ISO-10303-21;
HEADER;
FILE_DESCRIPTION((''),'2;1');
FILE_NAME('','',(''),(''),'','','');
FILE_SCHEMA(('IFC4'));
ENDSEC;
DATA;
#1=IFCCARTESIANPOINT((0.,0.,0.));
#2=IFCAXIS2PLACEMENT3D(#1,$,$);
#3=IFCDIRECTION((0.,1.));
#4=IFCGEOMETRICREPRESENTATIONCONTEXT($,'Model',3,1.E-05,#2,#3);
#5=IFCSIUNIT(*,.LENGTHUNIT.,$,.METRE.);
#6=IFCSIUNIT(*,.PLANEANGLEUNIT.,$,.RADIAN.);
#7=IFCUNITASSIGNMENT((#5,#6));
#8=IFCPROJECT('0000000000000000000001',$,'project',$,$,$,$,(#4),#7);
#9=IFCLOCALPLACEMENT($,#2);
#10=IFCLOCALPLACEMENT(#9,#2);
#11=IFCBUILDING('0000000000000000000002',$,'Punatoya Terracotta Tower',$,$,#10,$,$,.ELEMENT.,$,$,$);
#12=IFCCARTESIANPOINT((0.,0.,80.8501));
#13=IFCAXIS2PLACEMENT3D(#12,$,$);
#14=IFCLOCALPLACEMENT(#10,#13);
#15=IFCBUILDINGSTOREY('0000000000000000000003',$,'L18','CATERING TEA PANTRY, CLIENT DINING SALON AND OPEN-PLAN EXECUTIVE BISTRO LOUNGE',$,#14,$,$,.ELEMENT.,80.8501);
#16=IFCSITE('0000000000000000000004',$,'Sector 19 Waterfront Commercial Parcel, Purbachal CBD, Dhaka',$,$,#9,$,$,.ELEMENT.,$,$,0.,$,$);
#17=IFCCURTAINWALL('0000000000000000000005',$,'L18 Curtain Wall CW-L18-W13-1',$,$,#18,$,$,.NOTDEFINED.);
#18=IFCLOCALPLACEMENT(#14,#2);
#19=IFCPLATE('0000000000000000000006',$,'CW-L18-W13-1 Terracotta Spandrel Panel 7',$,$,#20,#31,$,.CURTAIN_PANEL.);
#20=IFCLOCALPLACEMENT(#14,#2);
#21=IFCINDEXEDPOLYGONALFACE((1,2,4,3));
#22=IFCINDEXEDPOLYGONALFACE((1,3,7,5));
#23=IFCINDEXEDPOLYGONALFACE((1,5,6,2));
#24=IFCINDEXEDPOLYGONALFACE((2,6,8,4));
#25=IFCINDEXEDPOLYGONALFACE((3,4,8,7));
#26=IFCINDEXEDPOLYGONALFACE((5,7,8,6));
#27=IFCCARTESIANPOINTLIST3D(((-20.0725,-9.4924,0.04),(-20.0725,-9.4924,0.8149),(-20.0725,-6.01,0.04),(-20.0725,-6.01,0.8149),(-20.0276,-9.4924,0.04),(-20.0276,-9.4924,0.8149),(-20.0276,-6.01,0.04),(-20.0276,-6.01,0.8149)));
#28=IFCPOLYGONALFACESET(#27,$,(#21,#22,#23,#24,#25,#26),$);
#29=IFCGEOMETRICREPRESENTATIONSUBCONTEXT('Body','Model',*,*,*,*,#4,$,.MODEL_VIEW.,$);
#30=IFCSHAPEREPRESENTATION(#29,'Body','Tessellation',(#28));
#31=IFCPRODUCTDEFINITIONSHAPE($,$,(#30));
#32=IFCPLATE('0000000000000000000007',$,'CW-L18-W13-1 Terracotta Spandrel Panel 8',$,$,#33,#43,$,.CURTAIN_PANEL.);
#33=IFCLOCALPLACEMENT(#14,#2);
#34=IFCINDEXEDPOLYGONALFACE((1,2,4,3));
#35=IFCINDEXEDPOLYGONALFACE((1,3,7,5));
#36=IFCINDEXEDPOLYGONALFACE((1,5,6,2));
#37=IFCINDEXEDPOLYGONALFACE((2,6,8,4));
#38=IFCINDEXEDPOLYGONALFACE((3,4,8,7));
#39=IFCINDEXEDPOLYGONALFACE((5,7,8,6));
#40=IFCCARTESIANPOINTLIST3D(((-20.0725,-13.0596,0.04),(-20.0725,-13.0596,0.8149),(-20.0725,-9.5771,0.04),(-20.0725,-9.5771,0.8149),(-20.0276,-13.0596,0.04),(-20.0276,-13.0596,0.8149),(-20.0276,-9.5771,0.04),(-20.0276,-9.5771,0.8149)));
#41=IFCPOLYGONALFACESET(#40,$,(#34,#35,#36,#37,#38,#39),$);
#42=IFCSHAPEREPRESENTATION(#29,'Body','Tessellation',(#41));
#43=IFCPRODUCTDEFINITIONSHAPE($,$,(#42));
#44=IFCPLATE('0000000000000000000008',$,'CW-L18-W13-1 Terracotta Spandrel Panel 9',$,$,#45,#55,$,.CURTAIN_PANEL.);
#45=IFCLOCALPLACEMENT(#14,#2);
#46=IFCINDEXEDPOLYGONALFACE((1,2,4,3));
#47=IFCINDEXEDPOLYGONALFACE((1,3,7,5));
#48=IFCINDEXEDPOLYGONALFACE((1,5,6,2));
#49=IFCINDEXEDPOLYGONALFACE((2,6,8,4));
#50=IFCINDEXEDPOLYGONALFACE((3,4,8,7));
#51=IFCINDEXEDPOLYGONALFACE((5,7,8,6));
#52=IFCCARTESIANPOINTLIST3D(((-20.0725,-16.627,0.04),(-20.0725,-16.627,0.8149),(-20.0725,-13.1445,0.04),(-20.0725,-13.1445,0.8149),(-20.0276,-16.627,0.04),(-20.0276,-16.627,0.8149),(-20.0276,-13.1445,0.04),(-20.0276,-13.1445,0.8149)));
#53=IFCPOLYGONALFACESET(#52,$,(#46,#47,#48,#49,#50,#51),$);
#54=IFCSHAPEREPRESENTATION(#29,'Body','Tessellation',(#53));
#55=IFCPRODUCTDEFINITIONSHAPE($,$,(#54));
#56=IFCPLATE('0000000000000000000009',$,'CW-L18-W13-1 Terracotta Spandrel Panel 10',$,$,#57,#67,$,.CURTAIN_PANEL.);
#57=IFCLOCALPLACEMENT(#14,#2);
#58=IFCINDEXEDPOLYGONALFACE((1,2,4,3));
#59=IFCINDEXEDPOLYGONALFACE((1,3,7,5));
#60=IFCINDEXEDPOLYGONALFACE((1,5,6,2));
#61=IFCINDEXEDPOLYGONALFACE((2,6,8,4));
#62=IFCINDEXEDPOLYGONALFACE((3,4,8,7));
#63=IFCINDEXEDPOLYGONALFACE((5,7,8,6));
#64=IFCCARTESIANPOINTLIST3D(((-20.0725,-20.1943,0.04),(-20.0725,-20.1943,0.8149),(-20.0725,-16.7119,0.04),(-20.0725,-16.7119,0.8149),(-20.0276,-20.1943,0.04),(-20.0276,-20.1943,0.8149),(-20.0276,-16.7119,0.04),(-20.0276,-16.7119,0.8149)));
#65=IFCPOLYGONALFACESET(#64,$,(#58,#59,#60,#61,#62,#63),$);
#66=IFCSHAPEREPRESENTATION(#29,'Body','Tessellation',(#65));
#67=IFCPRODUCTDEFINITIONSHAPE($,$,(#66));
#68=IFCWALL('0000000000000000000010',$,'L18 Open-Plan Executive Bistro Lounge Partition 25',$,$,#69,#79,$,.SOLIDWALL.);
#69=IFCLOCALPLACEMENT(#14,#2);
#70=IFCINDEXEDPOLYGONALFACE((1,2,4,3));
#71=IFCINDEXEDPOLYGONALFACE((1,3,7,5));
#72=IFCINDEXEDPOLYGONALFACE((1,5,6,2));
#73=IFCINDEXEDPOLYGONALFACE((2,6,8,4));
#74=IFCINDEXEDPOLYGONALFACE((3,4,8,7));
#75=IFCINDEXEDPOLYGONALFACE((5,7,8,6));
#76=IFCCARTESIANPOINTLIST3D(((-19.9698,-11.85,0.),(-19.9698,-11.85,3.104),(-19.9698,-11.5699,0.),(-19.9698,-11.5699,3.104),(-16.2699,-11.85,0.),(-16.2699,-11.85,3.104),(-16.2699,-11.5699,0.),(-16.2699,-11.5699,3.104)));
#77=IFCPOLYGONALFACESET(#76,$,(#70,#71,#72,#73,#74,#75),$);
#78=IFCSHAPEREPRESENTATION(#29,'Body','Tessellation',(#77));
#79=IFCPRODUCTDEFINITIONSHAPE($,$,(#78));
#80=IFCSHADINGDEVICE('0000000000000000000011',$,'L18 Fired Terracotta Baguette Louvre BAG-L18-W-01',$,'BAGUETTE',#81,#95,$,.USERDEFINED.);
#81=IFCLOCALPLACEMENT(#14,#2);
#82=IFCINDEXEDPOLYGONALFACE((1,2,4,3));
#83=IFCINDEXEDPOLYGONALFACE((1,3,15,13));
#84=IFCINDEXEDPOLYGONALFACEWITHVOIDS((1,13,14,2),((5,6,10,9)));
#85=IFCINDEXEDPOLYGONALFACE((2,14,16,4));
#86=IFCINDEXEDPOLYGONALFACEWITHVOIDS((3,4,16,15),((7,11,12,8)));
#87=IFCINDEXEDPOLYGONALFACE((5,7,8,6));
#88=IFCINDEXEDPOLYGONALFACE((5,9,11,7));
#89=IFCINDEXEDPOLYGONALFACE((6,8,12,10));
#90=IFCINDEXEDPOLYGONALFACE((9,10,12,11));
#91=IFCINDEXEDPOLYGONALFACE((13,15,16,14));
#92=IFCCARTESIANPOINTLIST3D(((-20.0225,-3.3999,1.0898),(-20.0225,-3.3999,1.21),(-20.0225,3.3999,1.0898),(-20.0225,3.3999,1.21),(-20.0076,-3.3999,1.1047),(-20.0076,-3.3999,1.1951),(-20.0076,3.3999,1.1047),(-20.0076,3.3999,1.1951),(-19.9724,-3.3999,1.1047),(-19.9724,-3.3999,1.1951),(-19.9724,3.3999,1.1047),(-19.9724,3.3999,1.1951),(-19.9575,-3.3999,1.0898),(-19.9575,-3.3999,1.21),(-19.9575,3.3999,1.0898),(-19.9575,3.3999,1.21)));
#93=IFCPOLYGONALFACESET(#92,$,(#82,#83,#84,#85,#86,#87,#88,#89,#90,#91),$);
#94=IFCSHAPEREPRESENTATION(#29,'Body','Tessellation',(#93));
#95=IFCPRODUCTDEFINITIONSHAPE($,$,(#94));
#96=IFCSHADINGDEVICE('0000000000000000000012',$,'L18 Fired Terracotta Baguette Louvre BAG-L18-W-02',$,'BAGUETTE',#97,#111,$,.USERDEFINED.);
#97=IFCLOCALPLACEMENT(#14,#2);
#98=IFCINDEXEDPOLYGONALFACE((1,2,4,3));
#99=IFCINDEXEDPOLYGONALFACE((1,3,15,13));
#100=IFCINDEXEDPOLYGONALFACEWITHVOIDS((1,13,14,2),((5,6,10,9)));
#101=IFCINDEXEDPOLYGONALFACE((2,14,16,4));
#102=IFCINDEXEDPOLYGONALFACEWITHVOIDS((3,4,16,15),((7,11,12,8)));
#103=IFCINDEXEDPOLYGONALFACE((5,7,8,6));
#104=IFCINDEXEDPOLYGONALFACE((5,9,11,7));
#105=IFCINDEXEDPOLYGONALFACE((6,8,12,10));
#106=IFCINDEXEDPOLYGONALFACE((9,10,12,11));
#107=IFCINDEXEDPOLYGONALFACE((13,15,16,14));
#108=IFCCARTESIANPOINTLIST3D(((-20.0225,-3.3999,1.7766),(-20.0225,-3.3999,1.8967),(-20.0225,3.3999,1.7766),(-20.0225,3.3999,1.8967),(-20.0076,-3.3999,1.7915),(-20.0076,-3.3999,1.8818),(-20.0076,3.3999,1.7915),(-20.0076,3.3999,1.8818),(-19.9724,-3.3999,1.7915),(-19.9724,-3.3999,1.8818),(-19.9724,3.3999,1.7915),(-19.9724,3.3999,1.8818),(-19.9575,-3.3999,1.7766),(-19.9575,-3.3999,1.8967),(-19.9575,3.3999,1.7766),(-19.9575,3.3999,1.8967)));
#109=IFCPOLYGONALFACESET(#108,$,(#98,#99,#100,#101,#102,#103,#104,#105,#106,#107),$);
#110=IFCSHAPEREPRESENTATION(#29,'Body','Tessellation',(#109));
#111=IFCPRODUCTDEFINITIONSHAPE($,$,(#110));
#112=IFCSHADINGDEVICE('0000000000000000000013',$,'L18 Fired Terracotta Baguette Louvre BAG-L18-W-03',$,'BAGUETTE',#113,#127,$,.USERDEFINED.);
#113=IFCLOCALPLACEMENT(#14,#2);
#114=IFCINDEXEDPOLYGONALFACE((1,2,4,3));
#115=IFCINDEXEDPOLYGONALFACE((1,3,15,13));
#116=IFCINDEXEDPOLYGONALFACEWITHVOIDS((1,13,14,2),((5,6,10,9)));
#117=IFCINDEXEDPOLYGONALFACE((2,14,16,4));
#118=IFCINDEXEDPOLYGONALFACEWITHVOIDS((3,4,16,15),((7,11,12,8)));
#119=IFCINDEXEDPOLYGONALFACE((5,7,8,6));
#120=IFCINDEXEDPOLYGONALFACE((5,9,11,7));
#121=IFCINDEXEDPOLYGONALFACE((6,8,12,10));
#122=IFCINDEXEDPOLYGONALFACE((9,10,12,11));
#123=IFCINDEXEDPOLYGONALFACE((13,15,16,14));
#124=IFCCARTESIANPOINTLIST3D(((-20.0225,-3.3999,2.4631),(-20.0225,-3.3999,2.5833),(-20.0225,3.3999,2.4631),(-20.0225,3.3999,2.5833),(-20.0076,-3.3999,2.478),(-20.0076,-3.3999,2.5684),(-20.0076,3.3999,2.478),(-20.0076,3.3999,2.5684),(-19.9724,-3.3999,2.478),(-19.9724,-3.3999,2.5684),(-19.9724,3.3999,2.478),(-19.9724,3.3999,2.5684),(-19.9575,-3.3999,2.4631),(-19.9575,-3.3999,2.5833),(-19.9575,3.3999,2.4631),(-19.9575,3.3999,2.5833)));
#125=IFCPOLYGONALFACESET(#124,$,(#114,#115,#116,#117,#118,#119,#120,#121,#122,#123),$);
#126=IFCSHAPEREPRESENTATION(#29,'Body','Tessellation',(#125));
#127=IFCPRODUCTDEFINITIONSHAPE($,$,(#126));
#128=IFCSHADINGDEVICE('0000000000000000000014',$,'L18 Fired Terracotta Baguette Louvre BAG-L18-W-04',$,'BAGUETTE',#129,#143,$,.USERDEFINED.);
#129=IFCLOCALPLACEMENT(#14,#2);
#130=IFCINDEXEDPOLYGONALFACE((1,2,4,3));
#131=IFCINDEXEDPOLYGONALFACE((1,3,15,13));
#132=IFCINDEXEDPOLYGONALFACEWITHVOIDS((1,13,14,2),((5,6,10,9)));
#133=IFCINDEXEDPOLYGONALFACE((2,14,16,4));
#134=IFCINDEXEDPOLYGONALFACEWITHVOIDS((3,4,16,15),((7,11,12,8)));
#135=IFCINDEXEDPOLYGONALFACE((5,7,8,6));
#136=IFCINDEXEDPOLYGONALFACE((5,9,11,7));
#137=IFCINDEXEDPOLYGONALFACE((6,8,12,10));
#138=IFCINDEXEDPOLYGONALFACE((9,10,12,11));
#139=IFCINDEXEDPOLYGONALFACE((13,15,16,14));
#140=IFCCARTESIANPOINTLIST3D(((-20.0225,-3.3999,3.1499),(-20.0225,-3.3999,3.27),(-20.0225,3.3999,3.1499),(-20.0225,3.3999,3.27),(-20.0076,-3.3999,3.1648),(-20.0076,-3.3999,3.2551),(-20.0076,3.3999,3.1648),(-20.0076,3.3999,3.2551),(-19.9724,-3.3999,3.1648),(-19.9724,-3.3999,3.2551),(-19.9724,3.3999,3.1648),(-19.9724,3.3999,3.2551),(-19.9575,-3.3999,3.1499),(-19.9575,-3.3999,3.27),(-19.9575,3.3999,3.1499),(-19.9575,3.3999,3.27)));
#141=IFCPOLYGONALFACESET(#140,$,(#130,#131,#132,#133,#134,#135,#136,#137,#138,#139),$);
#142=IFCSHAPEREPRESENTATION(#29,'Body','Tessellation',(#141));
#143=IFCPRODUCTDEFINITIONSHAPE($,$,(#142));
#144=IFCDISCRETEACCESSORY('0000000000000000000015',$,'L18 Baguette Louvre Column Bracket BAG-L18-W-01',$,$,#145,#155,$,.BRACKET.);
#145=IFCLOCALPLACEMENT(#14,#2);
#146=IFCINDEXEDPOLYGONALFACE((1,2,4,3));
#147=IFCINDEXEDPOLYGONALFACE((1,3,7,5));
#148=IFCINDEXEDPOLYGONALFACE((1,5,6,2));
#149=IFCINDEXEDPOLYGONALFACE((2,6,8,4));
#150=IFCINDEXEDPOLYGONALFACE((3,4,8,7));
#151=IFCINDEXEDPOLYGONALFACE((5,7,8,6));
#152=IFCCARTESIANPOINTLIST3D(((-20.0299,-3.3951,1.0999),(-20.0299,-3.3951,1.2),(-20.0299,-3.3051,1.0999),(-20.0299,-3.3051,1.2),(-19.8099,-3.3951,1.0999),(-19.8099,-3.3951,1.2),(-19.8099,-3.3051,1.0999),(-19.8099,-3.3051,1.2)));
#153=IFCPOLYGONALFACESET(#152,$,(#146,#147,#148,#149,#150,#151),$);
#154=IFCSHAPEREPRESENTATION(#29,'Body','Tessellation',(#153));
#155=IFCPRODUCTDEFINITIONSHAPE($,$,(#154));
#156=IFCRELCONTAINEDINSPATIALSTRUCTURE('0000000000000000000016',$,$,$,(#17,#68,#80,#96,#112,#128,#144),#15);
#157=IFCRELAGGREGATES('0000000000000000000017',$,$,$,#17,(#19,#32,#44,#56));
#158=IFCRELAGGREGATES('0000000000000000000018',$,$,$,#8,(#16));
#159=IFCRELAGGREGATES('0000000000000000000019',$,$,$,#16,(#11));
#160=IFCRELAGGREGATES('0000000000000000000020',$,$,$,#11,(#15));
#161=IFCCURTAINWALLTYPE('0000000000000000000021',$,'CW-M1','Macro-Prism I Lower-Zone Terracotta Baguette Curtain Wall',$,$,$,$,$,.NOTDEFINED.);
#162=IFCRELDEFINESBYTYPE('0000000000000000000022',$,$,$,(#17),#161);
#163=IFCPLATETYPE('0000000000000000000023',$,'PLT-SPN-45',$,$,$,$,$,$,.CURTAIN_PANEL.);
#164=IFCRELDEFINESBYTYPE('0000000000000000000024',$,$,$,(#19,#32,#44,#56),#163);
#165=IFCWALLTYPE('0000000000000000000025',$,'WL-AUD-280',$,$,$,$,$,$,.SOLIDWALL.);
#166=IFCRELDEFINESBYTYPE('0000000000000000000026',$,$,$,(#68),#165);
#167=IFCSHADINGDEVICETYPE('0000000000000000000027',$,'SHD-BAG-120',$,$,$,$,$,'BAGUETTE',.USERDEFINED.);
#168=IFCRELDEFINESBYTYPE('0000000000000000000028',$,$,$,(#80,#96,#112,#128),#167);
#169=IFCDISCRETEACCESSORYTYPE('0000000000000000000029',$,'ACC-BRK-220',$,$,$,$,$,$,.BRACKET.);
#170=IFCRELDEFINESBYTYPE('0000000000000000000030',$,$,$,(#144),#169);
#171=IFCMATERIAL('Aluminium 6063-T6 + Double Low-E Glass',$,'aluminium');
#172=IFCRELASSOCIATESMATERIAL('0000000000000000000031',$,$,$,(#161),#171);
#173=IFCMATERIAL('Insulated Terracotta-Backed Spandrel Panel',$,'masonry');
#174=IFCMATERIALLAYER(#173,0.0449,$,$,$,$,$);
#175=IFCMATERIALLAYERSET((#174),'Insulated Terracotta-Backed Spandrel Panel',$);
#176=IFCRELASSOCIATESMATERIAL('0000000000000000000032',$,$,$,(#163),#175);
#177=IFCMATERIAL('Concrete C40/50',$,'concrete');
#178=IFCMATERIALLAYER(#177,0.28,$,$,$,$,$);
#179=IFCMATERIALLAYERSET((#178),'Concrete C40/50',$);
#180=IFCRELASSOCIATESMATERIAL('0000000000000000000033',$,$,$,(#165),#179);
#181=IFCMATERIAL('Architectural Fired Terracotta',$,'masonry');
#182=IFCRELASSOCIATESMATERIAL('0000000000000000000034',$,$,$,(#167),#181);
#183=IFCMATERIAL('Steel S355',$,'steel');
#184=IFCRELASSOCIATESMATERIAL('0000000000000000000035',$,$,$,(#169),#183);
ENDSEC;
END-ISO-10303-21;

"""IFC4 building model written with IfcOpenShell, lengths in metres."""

from ifc_helpers import new_model, si_unit, direction, frame, frame_2d, origin, origin_2d, place, context, subcontext, project, spatial, rectangle, hollow_rectangle, extrude, material, layer, layer_set, material_profile, profile_set, type_object, element, aggregate, save


model = new_model("IFC4")

# Units and contexts
model_context = context("Model", 3, precision=1e-05, world=origin(), true_north=direction((0.0, 1.0)))
body_context = subcontext(model_context, "Body", "Model", "MODEL_VIEW")
ifc_project = project(units=[si_unit("LENGTHUNIT", "METRE"), si_unit("PLANEANGLEUNIT", "RADIAN")], contexts=[model_context])

# Site, building, storey
site_placement = place(None, origin())
site = spatial("IfcSite", under=ifc_project, at=site_placement, Name="Sector 19 Waterfront Commercial Parcel, Purbachal CBD, Dhaka", CompositionType="ELEMENT", RefElevation=0.0)
building_placement = place(site_placement, origin())
building = spatial("IfcBuilding", under=site, at=building_placement, Name="Punatoya Terracotta Tower", CompositionType="ELEMENT")
storey_placement = place(building_placement, frame((0.0, 0.0, 80.8501)))
storey = spatial("IfcBuildingStorey", under=building, at=storey_placement, Name="L18", Description="CATERING TEA PANTRY, CLIENT DINING SALON AND OPEN-PLAN EXECUTIVE BISTRO LOUNGE", CompositionType="ELEMENT", Elevation=80.8501)

# Shared definitions
ifc_material_1 = material(Name="Steel S355", Category="steel")

# Curtain wall
ifc_material_2 = material(Name="Aluminium 6063-T6 + Double Low-E Glass", Category="aluminium")
curtain_wall_type = type_object("IfcCurtainWallType", Name="CW-M1", Description="Macro-Prism I Lower-Zone Terracotta Baguette Curtain Wall", PredefinedType="NOTDEFINED", material=ifc_material_2)
curtain_wall_1_placement = place(storey_placement, origin())
curtain_wall_1 = element("IfcCurtainWall", 1, at=curtain_wall_1_placement, inside=storey, type_object=curtain_wall_type, Name="L18 Curtain Wall CW-L18-W13-1", PredefinedType="NOTDEFINED")

# Plates
ifc_material_3 = material(Name="Insulated Terracotta-Backed Spandrel Panel", Category="masonry")
ifc_layer_1 = layer(ifc_material_3, 0.0449)
ifc_layer_set_1 = layer_set([ifc_layer_1], Name="Insulated Terracotta-Backed Spandrel Panel")
plate_type_1 = type_object("IfcPlateType", Name="PLT-SPN-45", PredefinedType="CURTAIN_PANEL", material=ifc_layer_set_1)
plate_1_placement = place(storey_placement, frame((-20.05, -7.7512, 0.04), z_axis=(0.0, 0.0, 1.0), x_axis=(0.0, -1.0, 0.0)))
plate_1 = element("IfcPlate", 2, at=plate_1_placement, type_object=plate_type_1, Name="CW-L18-W13-1 Terracotta Spandrel Panel 7", PredefinedType="CURTAIN_PANEL", context=body_context, shape_type="SweptSolid", body=[
    extrude(rectangle(XDim=3.4824, YDim=0.0449, at=origin_2d()), origin(), (0.0, 0.0, 1.0), 0.7749),
])
plate_2_placement = place(storey_placement, frame((-20.05, -11.3184, 0.04), z_axis=(0.0, 0.0, 1.0), x_axis=(0.0, -1.0, 0.0)))
plate_2 = element("IfcPlate", 3, at=plate_2_placement, type_object=plate_type_1, Name="CW-L18-W13-1 Terracotta Spandrel Panel 8", PredefinedType="CURTAIN_PANEL", context=body_context, shape_type="SweptSolid", body=[
    extrude(rectangle(XDim=3.4824, YDim=0.0449, at=origin_2d()), origin(), (0.0, 0.0, 1.0), 0.7749),
])
plate_3_placement = place(storey_placement, frame((-20.05, -14.8857, 0.04), z_axis=(0.0, 0.0, 1.0), x_axis=(0.0, -1.0, 0.0)))
plate_3 = element("IfcPlate", 4, at=plate_3_placement, type_object=plate_type_1, Name="CW-L18-W13-1 Terracotta Spandrel Panel 9", PredefinedType="CURTAIN_PANEL", context=body_context, shape_type="SweptSolid", body=[
    extrude(rectangle(XDim=3.4824, YDim=0.0449, at=origin_2d()), origin(), (0.0, 0.0, 1.0), 0.7749),
])
plate_4_placement = place(storey_placement, frame((-20.05, -18.4531, 0.04), z_axis=(0.0, 0.0, 1.0), x_axis=(0.0, -1.0, 0.0)))
plate_4 = element("IfcPlate", 5, at=plate_4_placement, type_object=plate_type_1, Name="CW-L18-W13-1 Terracotta Spandrel Panel 10", PredefinedType="CURTAIN_PANEL", context=body_context, shape_type="SweptSolid", body=[
    extrude(rectangle(XDim=3.4824, YDim=0.0449, at=origin_2d()), origin(), (0.0, 0.0, 1.0), 0.7749),
])
aggregate(curtain_wall_1, [plate_1, plate_2, plate_3, plate_4])

# Wall
ifc_material_4 = material(Name="Concrete C40/50", Category="concrete")
ifc_layer_2 = layer(ifc_material_4, 0.28)
ifc_layer_set_2 = layer_set([ifc_layer_2], Name="Concrete C40/50")
wall_type = type_object("IfcWallType", Name="WL-AUD-280", PredefinedType="SOLIDWALL", material=ifc_layer_set_2)
wall_placement = place(storey_placement, frame((-19.97, -11.71, 0.0), z_axis=(0.0, 0.0, 1.0), x_axis=(1.0, 0.0, 0.0)))
element("IfcWall", 6, at=wall_placement, inside=storey, type_object=wall_type, Name="L18 Open-Plan Executive Bistro Lounge Partition 25", PredefinedType="SOLIDWALL", context=body_context, shape_type="SweptSolid", body=[
    extrude(rectangle(XDim=3.7, YDim=0.28, at=frame_2d((1.8501, 0.0))), origin(), (0.0, 0.0, 1.0), 3.104),
])

# Shading devices
ifc_material_5 = material(Name="Architectural Fired Terracotta", Category="masonry")
ifc_material_profile_1 = material_profile(ifc_material_5, hollow_rectangle(XDim=0.0649, YDim=0.1201, WallThickness=0.0149, at=origin_2d()))
ifc_profile_set_1 = profile_set([ifc_material_profile_1], Name="Architectural Fired Terracotta")
shading_device_type = type_object("IfcShadingDeviceType", Name="SHD-BAG-120", ElementType="BAGUETTE", PredefinedType="USERDEFINED", material=ifc_profile_set_1)
for number, where, z_axis, x_axis, name in (
    (7, (-19.99, -3.3999, 1.1499), (0.0, 1.0, 0.0), (-1.0, 0.0, 0.0), "L18 Fired Terracotta Baguette Louvre BAG-L18-W-01"),
    (8, (-19.99, -3.3999, 1.8367), (0.0, 1.0, 0.0), (-1.0, 0.0, 0.0), "L18 Fired Terracotta Baguette Louvre BAG-L18-W-02"),
    (9, (-19.99, -3.3999, 2.5232), (0.0, 1.0, 0.0), (-1.0, 0.0, 0.0), "L18 Fired Terracotta Baguette Louvre BAG-L18-W-03"),
    (10, (-19.99, -3.3999, 3.21), (0.0, 1.0, 0.0), (-1.0, 0.0, 0.0), "L18 Fired Terracotta Baguette Louvre BAG-L18-W-04"),
):
    element("IfcShadingDevice", number, at=place(storey_placement, frame(where, z_axis=z_axis, x_axis=x_axis)), inside=storey, type_object=shading_device_type, Name=name, ObjectType="BAGUETTE", PredefinedType="USERDEFINED", context=body_context, shape_type="SweptSolid", body=[
        extrude(hollow_rectangle(XDim=0.0649, YDim=0.1201, WallThickness=0.0149, at=origin_2d()), origin(), (0.0, 0.0, 1.0), 6.7998),
    ])

# Discrete accessory
discrete_accessory_type = type_object("IfcDiscreteAccessoryType", Name="ACC-BRK-220", PredefinedType="BRACKET", material=ifc_material_1)
discrete_accessory_placement = place(storey_placement, frame((-19.9199, -3.3501, 1.0999), z_axis=(0.0, 0.0, 1.0), x_axis=(0.0, 1.0, 0.0)))
element("IfcDiscreteAccessory", 11, at=discrete_accessory_placement, inside=storey, type_object=discrete_accessory_type, Name="L18 Baguette Louvre Column Bracket BAG-L18-W-01", PredefinedType="BRACKET", context=body_context, shape_type="SweptSolid", body=[
    extrude(rectangle(XDim=0.0901, YDim=0.22, at=origin_2d()), origin(), (0.0, 0.0, 1.0), 0.1001),
])

save(model, "model.ifc")
